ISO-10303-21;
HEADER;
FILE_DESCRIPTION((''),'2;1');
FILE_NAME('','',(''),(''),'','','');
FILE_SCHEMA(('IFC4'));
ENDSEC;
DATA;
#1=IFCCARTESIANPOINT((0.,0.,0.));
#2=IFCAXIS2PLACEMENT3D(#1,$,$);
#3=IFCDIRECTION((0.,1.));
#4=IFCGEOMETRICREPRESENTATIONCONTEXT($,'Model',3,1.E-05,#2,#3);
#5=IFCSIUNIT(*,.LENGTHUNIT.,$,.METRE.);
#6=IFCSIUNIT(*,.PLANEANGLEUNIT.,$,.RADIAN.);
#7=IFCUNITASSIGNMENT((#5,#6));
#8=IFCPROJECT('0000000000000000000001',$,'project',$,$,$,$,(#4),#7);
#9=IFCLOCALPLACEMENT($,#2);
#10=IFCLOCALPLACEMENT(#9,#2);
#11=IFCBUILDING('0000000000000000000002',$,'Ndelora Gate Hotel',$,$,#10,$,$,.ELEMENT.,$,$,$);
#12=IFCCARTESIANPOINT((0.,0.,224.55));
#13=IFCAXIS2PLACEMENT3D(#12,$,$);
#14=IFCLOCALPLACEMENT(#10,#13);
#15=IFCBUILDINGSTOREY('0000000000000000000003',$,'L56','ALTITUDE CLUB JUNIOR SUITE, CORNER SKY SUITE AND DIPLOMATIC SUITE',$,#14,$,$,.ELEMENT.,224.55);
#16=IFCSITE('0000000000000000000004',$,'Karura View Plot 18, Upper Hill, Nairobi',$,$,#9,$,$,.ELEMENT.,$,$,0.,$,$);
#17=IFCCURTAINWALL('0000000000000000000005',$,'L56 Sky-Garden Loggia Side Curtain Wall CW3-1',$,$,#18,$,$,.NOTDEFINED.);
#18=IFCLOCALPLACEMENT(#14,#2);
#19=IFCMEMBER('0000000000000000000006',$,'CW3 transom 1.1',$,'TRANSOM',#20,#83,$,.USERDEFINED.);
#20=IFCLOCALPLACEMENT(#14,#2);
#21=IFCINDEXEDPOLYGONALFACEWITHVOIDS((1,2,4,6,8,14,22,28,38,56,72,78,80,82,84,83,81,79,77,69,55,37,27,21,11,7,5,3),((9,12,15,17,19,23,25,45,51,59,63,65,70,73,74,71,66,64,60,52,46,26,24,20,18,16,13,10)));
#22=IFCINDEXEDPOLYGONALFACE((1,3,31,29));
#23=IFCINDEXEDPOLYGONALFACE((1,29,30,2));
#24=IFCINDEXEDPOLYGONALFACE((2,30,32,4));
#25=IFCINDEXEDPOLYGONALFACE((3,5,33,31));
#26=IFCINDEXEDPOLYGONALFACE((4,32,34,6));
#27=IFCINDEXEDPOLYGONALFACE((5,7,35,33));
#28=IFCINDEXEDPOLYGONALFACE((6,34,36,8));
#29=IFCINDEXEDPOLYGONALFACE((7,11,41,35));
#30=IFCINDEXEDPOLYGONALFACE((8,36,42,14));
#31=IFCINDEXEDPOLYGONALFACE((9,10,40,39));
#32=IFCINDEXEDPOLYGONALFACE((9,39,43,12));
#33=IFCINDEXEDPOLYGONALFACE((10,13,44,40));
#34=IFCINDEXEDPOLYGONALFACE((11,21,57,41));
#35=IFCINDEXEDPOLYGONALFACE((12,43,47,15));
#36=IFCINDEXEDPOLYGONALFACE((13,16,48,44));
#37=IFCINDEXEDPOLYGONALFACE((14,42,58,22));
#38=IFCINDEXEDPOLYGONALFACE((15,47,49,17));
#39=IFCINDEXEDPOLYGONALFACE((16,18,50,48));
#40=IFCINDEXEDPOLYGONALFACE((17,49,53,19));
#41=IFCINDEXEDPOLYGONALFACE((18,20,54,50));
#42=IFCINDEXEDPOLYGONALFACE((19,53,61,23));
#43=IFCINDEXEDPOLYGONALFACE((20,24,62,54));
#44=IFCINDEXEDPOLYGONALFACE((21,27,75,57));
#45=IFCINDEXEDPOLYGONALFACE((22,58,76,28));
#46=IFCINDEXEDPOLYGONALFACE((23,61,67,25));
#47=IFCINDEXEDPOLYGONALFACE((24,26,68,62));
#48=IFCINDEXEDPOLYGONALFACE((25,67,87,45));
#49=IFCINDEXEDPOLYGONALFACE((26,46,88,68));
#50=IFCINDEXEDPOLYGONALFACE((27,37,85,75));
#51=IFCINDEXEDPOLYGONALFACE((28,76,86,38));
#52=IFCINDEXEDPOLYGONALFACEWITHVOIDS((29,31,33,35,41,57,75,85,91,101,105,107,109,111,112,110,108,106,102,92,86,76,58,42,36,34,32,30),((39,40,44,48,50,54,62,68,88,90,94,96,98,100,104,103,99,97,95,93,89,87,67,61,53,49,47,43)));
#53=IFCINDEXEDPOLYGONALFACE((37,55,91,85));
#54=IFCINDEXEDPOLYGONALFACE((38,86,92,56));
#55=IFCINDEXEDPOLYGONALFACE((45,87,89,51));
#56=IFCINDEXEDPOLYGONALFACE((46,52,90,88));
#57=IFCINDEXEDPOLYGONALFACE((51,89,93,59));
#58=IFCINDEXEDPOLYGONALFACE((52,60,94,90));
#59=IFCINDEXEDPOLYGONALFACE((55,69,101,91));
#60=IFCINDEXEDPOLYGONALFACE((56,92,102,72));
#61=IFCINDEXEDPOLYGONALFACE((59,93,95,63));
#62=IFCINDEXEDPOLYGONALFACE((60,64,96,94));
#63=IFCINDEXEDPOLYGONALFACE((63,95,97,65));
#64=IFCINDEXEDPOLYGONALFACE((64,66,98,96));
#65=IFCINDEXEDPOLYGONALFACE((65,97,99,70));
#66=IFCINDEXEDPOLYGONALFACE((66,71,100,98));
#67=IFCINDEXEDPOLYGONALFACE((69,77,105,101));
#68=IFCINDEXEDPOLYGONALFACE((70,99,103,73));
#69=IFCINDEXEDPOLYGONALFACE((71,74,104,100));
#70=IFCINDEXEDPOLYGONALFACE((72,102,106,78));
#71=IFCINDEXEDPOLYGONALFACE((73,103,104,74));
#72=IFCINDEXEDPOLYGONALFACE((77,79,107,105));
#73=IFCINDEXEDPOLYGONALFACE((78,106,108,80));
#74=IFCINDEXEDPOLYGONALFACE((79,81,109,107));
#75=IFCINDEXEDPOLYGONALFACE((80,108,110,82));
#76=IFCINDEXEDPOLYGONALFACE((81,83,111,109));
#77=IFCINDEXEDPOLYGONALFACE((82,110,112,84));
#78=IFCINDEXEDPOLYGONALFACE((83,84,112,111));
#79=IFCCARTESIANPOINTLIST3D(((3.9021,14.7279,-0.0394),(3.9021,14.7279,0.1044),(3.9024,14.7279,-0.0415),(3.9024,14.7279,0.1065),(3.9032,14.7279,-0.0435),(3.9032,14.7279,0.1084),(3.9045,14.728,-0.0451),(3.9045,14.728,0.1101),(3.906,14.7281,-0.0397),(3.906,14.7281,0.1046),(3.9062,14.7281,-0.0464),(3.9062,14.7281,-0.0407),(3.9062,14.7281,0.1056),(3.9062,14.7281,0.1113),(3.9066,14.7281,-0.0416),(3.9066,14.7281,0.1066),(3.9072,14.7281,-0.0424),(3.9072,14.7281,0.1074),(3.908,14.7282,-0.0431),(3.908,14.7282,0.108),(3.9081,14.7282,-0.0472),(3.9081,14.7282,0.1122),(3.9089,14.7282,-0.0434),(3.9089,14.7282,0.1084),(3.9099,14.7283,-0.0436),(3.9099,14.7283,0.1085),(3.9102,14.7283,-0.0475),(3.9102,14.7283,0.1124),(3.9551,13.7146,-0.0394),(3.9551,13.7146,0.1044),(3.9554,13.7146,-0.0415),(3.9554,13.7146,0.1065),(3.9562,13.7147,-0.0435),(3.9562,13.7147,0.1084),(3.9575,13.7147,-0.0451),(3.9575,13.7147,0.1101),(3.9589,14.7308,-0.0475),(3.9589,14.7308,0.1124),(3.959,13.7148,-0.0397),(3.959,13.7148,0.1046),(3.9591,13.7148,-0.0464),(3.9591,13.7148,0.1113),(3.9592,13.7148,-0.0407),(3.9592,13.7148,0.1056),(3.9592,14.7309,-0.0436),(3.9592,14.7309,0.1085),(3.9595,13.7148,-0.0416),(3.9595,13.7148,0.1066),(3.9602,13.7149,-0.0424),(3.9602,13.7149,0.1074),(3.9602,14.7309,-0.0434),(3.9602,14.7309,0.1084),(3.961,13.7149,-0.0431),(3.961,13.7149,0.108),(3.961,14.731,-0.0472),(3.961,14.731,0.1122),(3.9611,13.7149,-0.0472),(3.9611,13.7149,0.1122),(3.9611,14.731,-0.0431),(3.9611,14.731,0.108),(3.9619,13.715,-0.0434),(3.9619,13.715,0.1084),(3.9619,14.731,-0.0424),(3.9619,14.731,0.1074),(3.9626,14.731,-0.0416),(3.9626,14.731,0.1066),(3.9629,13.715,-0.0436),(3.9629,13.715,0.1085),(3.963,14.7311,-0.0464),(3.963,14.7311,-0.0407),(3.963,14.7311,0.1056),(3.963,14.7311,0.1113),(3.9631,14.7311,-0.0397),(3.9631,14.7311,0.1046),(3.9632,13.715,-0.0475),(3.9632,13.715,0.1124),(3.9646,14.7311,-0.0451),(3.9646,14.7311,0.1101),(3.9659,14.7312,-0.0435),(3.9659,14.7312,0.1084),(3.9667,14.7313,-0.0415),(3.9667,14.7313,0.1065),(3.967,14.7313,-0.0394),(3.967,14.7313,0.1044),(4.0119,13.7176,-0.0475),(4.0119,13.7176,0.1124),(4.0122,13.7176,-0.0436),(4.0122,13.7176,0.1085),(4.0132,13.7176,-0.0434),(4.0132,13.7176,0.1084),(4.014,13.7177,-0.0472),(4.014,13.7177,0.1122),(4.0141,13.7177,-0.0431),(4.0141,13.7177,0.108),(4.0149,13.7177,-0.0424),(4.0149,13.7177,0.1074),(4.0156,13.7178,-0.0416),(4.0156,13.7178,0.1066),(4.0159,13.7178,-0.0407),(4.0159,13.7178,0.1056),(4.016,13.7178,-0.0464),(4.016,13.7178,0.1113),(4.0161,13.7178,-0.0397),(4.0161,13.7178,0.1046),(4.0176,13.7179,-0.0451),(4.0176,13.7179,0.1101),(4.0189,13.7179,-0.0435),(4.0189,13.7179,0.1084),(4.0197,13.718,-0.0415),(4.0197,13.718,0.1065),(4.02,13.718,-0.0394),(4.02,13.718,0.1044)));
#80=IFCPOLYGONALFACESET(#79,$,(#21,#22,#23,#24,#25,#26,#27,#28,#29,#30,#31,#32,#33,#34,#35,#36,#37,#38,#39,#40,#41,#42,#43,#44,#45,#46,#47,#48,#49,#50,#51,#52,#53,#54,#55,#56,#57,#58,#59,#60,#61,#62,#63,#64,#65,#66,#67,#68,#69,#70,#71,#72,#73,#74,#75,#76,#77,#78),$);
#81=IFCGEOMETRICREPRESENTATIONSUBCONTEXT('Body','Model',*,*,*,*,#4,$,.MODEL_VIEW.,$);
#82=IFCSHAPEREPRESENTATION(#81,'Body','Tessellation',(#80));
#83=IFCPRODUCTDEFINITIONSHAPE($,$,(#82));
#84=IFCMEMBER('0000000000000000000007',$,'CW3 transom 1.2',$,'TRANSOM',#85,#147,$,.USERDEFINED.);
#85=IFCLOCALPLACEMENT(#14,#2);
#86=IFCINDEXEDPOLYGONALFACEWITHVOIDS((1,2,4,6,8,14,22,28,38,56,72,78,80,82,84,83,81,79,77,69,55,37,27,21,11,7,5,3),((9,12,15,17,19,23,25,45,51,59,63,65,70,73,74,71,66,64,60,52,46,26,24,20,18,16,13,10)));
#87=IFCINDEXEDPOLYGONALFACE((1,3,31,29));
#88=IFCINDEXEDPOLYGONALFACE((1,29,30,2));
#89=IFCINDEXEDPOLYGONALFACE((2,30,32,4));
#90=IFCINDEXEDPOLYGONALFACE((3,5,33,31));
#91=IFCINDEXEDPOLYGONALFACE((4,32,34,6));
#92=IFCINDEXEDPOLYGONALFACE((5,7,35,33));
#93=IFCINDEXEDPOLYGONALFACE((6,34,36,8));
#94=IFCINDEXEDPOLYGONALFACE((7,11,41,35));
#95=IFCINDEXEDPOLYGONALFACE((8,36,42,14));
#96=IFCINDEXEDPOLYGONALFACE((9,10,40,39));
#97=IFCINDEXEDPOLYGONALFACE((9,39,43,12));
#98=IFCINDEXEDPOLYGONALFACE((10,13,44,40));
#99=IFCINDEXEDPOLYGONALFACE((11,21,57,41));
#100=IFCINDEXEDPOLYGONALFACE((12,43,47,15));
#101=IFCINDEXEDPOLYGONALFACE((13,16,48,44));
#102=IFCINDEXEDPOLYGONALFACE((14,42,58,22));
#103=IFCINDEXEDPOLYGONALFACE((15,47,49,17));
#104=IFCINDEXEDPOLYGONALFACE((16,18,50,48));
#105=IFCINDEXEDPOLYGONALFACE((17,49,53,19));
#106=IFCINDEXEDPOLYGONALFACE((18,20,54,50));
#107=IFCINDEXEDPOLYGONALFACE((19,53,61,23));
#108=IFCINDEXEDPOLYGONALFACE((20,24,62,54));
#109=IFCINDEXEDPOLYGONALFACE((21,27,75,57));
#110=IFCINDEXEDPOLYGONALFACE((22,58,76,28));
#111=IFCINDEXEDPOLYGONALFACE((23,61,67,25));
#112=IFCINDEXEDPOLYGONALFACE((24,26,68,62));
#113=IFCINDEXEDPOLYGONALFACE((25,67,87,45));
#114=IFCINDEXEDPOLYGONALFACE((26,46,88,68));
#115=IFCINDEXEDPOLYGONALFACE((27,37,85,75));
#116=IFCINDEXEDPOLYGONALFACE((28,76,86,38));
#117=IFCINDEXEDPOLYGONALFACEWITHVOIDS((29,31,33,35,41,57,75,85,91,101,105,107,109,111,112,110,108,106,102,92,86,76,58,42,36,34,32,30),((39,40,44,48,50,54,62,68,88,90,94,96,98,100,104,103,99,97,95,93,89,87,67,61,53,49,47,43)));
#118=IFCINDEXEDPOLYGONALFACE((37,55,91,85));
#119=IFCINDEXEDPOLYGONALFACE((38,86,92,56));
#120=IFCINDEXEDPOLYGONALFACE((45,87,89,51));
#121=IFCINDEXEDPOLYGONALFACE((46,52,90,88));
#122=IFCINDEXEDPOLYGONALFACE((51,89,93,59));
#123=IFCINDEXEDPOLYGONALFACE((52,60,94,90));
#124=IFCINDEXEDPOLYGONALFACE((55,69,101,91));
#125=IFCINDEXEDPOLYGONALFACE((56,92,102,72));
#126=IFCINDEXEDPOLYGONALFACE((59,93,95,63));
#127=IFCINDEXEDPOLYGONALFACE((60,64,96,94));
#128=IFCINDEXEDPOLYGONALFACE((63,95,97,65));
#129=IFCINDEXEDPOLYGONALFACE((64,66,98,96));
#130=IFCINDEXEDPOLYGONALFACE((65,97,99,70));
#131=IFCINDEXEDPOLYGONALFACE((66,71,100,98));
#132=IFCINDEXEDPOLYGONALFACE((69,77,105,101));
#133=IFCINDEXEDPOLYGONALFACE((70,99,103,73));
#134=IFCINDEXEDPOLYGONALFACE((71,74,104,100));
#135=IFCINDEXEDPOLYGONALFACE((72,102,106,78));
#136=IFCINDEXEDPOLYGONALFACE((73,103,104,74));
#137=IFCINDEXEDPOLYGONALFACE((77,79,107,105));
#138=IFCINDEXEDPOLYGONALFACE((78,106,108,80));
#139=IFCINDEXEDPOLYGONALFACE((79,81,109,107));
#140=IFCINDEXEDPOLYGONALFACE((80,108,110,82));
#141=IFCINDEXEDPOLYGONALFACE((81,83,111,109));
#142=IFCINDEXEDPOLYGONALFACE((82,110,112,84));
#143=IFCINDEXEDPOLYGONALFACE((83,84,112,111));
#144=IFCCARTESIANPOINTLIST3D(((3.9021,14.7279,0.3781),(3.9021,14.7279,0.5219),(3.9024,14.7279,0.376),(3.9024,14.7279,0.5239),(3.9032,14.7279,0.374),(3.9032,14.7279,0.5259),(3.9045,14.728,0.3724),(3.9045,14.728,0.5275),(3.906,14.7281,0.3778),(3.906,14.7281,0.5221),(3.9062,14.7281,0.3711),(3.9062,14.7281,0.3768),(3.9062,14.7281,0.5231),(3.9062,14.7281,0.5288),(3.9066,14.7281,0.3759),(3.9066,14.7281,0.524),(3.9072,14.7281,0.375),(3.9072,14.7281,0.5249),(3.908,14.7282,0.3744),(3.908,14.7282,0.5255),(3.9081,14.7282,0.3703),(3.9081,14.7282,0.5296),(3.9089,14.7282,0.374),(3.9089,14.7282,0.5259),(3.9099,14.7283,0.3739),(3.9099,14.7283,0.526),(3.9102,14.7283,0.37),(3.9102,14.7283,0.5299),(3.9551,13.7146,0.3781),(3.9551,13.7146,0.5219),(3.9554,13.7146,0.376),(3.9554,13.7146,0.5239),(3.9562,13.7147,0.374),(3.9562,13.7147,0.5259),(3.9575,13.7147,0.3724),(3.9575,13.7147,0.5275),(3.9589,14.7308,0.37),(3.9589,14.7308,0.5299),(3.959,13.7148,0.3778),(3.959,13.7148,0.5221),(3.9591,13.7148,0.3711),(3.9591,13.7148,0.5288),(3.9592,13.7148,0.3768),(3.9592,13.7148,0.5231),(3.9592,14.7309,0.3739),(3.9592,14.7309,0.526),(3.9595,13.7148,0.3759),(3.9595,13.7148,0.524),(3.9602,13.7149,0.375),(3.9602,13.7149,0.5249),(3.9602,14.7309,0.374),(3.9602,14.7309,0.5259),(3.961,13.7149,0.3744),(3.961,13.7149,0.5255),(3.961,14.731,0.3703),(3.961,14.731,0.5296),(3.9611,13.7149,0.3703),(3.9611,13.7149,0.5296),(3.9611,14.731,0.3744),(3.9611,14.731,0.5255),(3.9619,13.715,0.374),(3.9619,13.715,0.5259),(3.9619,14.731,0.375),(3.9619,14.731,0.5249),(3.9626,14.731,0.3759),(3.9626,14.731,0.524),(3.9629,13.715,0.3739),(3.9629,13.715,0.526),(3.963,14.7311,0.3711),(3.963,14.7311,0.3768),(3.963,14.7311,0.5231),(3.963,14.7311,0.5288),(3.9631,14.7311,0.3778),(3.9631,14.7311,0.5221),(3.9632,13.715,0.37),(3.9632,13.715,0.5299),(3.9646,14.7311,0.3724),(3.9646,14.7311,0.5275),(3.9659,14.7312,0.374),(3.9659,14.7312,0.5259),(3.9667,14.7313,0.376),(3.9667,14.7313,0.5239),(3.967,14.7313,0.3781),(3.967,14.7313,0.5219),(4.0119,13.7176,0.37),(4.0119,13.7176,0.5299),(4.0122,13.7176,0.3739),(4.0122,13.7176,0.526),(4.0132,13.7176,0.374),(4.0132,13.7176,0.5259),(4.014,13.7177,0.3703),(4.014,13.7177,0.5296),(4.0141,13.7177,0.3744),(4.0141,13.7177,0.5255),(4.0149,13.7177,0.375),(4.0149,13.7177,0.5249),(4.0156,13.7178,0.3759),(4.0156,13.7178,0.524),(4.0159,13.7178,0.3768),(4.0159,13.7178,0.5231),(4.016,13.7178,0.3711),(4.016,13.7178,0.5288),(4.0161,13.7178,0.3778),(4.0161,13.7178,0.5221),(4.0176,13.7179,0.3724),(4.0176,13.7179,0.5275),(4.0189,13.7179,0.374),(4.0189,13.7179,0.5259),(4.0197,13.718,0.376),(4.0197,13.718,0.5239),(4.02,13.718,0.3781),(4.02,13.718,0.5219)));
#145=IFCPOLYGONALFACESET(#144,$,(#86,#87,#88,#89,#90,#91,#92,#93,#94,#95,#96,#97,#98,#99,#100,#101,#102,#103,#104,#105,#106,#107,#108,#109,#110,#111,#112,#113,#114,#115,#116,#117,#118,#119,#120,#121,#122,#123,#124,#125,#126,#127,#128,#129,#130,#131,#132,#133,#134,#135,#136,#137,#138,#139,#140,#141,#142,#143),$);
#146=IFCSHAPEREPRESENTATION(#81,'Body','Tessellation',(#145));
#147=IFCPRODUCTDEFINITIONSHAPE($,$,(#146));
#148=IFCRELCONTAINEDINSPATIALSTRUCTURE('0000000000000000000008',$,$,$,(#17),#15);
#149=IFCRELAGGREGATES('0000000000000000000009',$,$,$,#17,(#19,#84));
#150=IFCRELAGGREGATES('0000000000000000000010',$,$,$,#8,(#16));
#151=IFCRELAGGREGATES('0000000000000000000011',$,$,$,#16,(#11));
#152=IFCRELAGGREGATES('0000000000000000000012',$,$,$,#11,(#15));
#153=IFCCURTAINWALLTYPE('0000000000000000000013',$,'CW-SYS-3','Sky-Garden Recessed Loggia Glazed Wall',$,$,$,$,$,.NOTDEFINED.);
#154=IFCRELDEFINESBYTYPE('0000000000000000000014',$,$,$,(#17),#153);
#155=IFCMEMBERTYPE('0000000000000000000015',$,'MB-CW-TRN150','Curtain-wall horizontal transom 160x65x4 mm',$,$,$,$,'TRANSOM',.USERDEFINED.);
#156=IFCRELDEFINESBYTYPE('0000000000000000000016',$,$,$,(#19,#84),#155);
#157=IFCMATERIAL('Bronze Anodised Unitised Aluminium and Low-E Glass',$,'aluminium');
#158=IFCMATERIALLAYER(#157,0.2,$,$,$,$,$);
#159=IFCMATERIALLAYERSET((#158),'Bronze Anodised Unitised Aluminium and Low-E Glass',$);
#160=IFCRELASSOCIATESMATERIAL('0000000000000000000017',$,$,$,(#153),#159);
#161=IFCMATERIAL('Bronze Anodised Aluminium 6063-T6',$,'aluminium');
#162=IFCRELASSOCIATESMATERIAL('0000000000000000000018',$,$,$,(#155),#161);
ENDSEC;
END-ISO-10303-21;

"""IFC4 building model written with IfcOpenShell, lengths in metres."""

from ifc_helpers import new_model, si_unit, direction, frame, origin, origin_2d, place, context, subcontext, project, spatial, hollow_rectangle, extrude, material, layer, layer_set, material_profile, profile_set, type_object, element, aggregate, save


model = new_model("IFC4")

# Units and contexts
model_context = context("Model", 3, precision=1e-05, world=origin(), true_north=direction((0.0, 1.0)))
body_context = subcontext(model_context, "Body", "Model", "MODEL_VIEW")
ifc_project = project(units=[si_unit("LENGTHUNIT", "METRE"), si_unit("PLANEANGLEUNIT", "RADIAN")], contexts=[model_context])

# Site, building, storey
site_placement = place(None, origin())
site = spatial("IfcSite", under=ifc_project, at=site_placement, Name="Karura View Plot 18, Upper Hill, Nairobi", CompositionType="ELEMENT", RefElevation=0.0)
building_placement = place(site_placement, origin())
building = spatial("IfcBuilding", under=site, at=building_placement, Name="Ndelora Gate Hotel", CompositionType="ELEMENT")
storey_placement = place(building_placement, frame((0.0, 0.0, 224.55)))
storey = spatial("IfcBuildingStorey", under=building, at=storey_placement, Name="L56", Description="ALTITUDE CLUB JUNIOR SUITE, CORNER SKY SUITE AND DIPLOMATIC SUITE", CompositionType="ELEMENT", Elevation=224.55)

# Curtain wall, members
ifc_material_1 = material(Name="Bronze Anodised Unitised Aluminium and Low-E Glass", Category="aluminium")
ifc_layer_1 = layer(ifc_material_1, 0.2)
ifc_layer_set_1 = layer_set([ifc_layer_1], Name="Bronze Anodised Unitised Aluminium and Low-E Glass")
curtain_wall_type = type_object("IfcCurtainWallType", Name="CW-SYS-3", Description="Sky-Garden Recessed Loggia Glazed Wall", PredefinedType="NOTDEFINED", material=ifc_layer_set_1)
curtain_wall_placement = place(storey_placement, origin())
curtain_wall = element("IfcCurtainWall", 1, at=curtain_wall_placement, inside=storey, type_object=curtain_wall_type, Name="L56 Sky-Garden Loggia Side Curtain Wall CW3-1", PredefinedType="NOTDEFINED")
ifc_material_2 = material(Name="Bronze Anodised Aluminium 6063-T6", Category="aluminium")
ifc_material_profile_1 = material_profile(ifc_material_2, hollow_rectangle(XDim=0.0649, YDim=0.1599, WallThickness=0.0039, InnerFilletRadius=0.0039, OuterFilletRadius=0.0081, at=origin_2d()), Name="ALU 160x65x4")
ifc_profile_set_1 = profile_set([ifc_material_profile_1], Name="Bronze Anodised Aluminium 6063-T6")
member_type_1 = type_object("IfcMemberType", Name="MB-CW-TRN150", Description="Curtain-wall horizontal transom 160x65x4 mm", ElementType="TRANSOM", PredefinedType="USERDEFINED", material=ifc_profile_set_1)
member_1_placement = place(storey_placement, frame((3.9875, 13.7163, 0.0325), z_axis=(-0.052218, 0.998636, 0.0), x_axis=(-0.998636, -0.052218, 0.0)))
member_1 = element("IfcMember", 2, at=member_1_placement, type_object=member_type_1, Name="CW3 transom 1.1", ObjectType="TRANSOM", PredefinedType="USERDEFINED", context=body_context, shape_type="SweptSolid", body=[
    extrude(hollow_rectangle(XDim=0.0649, YDim=0.1599, WallThickness=0.0039, InnerFilletRadius=0.0039, OuterFilletRadius=0.0081, at=origin_2d()), origin(), (0.0, 0.0, 1.0), 1.0146),
])
member_2_placement = place(storey_placement, frame((3.9875, 13.7163, 0.45), z_axis=(-0.052218, 0.998636, 0.0), x_axis=(-0.998636, -0.052218, 0.0)))
member_2 = element("IfcMember", 3, at=member_2_placement, type_object=member_type_1, Name="CW3 transom 1.2", ObjectType="TRANSOM", PredefinedType="USERDEFINED", context=body_context, shape_type="SweptSolid", body=[
    extrude(hollow_rectangle(XDim=0.0649, YDim=0.1599, WallThickness=0.0039, InnerFilletRadius=0.0039, OuterFilletRadius=0.0081, at=origin_2d()), origin(), (0.0, 0.0, 1.0), 1.0146),
])
aggregate(curtain_wall, [member_1, member_2])

save(model, "model.ifc")
